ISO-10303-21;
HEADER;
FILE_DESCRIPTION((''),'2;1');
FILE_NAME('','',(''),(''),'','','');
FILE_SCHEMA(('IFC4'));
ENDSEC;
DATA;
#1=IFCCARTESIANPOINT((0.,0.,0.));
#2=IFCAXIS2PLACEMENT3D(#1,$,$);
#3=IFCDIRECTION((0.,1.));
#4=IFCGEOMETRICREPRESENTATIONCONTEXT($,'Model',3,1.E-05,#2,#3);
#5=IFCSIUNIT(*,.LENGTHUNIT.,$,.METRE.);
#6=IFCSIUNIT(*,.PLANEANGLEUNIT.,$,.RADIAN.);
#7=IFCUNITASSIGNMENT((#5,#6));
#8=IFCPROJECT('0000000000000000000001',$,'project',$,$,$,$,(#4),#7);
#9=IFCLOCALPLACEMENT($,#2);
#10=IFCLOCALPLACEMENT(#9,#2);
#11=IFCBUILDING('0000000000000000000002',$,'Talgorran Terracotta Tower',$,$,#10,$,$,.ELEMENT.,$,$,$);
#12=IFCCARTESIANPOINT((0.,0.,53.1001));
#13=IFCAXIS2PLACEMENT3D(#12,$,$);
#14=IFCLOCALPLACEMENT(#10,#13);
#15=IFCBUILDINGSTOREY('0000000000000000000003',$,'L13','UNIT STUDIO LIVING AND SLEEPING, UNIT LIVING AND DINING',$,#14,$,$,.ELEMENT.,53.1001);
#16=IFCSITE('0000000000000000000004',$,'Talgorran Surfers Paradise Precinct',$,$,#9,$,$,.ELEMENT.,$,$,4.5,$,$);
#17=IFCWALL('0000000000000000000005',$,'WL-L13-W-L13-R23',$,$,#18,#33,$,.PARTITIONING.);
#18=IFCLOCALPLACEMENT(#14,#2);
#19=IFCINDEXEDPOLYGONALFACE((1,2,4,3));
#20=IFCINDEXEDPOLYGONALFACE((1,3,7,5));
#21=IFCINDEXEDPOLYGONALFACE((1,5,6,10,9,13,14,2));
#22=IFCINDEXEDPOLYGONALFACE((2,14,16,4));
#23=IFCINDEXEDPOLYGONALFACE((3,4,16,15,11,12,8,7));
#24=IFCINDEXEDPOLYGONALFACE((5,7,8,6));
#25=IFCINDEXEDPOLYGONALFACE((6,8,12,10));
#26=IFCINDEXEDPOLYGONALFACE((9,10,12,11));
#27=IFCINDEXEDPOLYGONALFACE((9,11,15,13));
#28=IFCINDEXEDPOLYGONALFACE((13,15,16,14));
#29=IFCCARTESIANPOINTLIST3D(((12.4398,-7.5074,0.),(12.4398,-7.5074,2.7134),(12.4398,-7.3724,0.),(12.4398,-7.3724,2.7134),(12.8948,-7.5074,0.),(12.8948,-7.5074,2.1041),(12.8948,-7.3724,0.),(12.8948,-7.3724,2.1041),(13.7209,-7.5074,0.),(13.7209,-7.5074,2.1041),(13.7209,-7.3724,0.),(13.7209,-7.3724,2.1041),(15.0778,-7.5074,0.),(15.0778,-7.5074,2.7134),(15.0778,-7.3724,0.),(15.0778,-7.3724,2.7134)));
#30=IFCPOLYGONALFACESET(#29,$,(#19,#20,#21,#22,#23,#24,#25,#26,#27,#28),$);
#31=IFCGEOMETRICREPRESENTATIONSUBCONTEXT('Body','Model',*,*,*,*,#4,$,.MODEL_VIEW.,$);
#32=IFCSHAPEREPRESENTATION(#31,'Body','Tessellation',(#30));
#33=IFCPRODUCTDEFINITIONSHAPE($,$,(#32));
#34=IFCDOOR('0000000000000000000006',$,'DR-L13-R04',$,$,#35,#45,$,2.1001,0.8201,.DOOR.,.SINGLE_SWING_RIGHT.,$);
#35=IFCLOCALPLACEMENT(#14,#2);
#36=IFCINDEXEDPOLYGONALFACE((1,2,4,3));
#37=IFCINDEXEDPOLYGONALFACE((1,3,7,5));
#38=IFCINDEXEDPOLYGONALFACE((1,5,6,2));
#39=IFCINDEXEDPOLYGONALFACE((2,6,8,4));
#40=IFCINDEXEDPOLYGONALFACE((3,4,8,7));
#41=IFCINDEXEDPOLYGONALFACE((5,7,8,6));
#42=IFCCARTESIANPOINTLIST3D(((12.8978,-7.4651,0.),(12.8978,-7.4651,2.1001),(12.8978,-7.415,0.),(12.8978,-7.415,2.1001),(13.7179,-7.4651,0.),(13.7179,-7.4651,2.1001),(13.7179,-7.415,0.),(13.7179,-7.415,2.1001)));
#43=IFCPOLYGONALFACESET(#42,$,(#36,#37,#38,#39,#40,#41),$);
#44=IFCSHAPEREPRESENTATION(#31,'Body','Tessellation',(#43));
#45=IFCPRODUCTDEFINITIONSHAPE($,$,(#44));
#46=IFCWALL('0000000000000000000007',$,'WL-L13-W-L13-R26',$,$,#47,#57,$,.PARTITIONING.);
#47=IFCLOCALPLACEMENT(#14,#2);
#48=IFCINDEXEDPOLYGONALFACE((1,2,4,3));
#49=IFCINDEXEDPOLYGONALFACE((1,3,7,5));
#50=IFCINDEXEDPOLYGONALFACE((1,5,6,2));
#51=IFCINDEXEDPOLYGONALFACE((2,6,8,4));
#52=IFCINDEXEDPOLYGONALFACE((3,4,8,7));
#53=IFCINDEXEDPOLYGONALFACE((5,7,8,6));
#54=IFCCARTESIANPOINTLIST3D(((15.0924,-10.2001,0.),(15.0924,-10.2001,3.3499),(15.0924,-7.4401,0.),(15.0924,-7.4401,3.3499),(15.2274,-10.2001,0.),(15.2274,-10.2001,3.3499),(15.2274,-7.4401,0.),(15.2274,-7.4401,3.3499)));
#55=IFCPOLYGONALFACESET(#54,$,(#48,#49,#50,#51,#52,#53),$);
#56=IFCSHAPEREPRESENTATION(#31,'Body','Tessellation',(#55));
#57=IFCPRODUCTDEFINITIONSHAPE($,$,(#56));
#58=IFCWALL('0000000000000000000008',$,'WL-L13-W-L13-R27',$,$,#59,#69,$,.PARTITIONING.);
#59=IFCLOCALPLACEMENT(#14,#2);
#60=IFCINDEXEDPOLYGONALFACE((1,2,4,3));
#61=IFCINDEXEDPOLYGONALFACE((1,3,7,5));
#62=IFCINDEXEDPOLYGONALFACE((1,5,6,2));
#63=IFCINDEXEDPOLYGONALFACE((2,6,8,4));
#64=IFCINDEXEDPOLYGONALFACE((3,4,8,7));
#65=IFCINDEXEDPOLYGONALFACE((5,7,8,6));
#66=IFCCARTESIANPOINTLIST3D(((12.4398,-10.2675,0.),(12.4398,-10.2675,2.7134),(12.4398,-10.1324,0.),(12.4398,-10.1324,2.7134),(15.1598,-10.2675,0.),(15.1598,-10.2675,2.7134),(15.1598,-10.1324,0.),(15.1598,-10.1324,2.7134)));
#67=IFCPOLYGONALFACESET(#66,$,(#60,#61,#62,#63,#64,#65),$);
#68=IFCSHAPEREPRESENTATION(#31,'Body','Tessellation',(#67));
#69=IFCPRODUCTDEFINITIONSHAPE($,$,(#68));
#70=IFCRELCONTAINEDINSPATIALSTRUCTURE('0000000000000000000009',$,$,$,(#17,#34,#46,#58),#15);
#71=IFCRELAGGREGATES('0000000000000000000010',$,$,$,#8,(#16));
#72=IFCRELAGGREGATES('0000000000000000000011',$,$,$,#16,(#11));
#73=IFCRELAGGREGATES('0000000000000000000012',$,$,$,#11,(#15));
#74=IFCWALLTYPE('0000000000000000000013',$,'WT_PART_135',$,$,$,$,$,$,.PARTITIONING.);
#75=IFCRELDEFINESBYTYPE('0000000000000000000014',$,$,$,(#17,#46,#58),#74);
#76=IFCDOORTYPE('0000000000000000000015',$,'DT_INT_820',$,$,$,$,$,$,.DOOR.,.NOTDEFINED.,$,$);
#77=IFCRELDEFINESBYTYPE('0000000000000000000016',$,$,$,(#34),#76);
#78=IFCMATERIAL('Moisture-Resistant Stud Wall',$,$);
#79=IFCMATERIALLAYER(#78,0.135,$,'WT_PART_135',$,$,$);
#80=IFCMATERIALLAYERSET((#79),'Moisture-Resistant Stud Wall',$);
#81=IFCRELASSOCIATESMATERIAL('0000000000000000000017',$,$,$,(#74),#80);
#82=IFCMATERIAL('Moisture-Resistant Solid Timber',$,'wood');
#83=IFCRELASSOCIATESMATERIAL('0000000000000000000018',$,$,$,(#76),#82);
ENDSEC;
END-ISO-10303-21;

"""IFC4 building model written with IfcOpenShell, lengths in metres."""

from ifc_helpers import new_model, si_unit, direction, frame, frame_2d, origin, place, context, subcontext, project, spatial, rectangle, extrude, material, layer, layer_set, type_object, element, fill, save


model = new_model("IFC4")

# Units and contexts
model_context = context("Model", 3, precision=1e-05, world=origin(), true_north=direction((0.0, 1.0)))
body_context = subcontext(model_context, "Body", "Model", "MODEL_VIEW")
ifc_project = project(units=[si_unit("LENGTHUNIT", "METRE"), si_unit("PLANEANGLEUNIT", "RADIAN")], contexts=[model_context])

# Site, building, storey
site_placement = place(None, origin())
site = spatial("IfcSite", under=ifc_project, at=site_placement, Name="Talgorran Surfers Paradise Precinct", CompositionType="ELEMENT", RefElevation=4.5)
building_placement = place(site_placement, origin())
building = spatial("IfcBuilding", under=site, at=building_placement, Name="Talgorran Terracotta Tower", CompositionType="ELEMENT")
storey_placement = place(building_placement, frame((0.0, 0.0, 53.1001)))
storey = spatial("IfcBuildingStorey", under=building, at=storey_placement, Name="L13", Description="UNIT STUDIO LIVING AND SLEEPING, UNIT LIVING AND DINING", CompositionType="ELEMENT", Elevation=53.1001)

# Wall, opening, door
ifc_material_1 = material(Name="Moisture-Resistant Stud Wall")
ifc_layer_1 = layer(ifc_material_1, 0.135, Name="WT_PART_135")
ifc_layer_set_1 = layer_set([ifc_layer_1], Name="Moisture-Resistant Stud Wall")
wall_type_1 = type_object("IfcWallType", Name="WT_PART_135", PredefinedType="PARTITIONING", material=ifc_layer_set_1)
wall_1_placement = place(storey_placement, frame((12.4399, -7.4399, 0.0), z_axis=(0.0, 0.0, 1.0), x_axis=(1.0, 0.0, 0.0)))
wall_1 = element("IfcWall", 1, at=wall_1_placement, inside=storey, type_object=wall_type_1, Name="WL-L13-W-L13-R23", PredefinedType="PARTITIONING", context=body_context, shape_type="SweptSolid", body=[
    extrude(rectangle(XDim=2.6379, YDim=0.135, at=frame_2d((1.3188, 0.0))), origin(), (0.0, 0.0, 1.0), 2.7134),
])
opening_1_placement = place(wall_1_placement, frame((0.4578, 0.0, 0.0)))
opening_1 = element("IfcOpeningElement", 2, at=opening_1_placement, cuts=wall_1, PredefinedType="OPENING", context=body_context, shape_type="SweptSolid", body=[
    extrude(rectangle(XDim=0.8261, YDim=2.1041, at=frame_2d((0.4102, 1.052))), frame((0.0, 0.0776, 0.0), z_axis=(0.0, -1.0, 0.0), x_axis=(1.0, 0.0, 0.0)), (0.0, 0.0, 1.0), 0.155),
])
ifc_material_2 = material(Name="Moisture-Resistant Solid Timber", Category="wood")
door_type_1 = type_object("IfcDoorType", Name="DT_INT_820", OperationType="NOTDEFINED", PredefinedType="DOOR", material=ifc_material_2)
door_1_placement = place(opening_1_placement, origin())
door_1 = element("IfcDoor", 3, at=door_1_placement, inside=storey, type_object=door_type_1, Name="DR-L13-R04", OperationType="SINGLE_SWING_RIGHT", OverallHeight=2.1001, OverallWidth=0.8201, PredefinedType="DOOR", context=body_context, shape_type="SweptSolid", body=[
    extrude(rectangle(XDim=0.8201, YDim=2.1001, at=frame_2d((0.4102, 1.05))), frame((0.0, 0.0249, 0.0), z_axis=(0.0, -1.0, 0.0), x_axis=(1.0, 0.0, 0.0)), (0.0, 0.0, 1.0), 0.05),
])
fill(opening_1, door_1)

# Walls
wall_2_placement = place(storey_placement, frame((15.1599, -10.2, 0.0), z_axis=(0.0, 0.0, 1.0), x_axis=(0.0, 1.0, 0.0)))
element("IfcWall", 4, at=wall_2_placement, inside=storey, type_object=wall_type_1, Name="WL-L13-W-L13-R26", PredefinedType="PARTITIONING", context=body_context, shape_type="SweptSolid", body=[
    extrude(rectangle(XDim=2.76, YDim=0.135, at=frame_2d((1.3799, 0.0))), origin(), (0.0, 0.0, 1.0), 3.3499),
])
wall_3_placement = place(storey_placement, frame((12.4399, -10.2, 0.0), z_axis=(0.0, 0.0, 1.0), x_axis=(1.0, 0.0, 0.0)))
element("IfcWall", 5, at=wall_3_placement, inside=storey, type_object=wall_type_1, Name="WL-L13-W-L13-R27", PredefinedType="PARTITIONING", context=body_context, shape_type="SweptSolid", body=[
    extrude(rectangle(XDim=2.72, YDim=0.135, at=frame_2d((1.3599, 0.0))), origin(), (0.0, 0.0, 1.0), 2.7134),
])

save(model, "model.ifc")
